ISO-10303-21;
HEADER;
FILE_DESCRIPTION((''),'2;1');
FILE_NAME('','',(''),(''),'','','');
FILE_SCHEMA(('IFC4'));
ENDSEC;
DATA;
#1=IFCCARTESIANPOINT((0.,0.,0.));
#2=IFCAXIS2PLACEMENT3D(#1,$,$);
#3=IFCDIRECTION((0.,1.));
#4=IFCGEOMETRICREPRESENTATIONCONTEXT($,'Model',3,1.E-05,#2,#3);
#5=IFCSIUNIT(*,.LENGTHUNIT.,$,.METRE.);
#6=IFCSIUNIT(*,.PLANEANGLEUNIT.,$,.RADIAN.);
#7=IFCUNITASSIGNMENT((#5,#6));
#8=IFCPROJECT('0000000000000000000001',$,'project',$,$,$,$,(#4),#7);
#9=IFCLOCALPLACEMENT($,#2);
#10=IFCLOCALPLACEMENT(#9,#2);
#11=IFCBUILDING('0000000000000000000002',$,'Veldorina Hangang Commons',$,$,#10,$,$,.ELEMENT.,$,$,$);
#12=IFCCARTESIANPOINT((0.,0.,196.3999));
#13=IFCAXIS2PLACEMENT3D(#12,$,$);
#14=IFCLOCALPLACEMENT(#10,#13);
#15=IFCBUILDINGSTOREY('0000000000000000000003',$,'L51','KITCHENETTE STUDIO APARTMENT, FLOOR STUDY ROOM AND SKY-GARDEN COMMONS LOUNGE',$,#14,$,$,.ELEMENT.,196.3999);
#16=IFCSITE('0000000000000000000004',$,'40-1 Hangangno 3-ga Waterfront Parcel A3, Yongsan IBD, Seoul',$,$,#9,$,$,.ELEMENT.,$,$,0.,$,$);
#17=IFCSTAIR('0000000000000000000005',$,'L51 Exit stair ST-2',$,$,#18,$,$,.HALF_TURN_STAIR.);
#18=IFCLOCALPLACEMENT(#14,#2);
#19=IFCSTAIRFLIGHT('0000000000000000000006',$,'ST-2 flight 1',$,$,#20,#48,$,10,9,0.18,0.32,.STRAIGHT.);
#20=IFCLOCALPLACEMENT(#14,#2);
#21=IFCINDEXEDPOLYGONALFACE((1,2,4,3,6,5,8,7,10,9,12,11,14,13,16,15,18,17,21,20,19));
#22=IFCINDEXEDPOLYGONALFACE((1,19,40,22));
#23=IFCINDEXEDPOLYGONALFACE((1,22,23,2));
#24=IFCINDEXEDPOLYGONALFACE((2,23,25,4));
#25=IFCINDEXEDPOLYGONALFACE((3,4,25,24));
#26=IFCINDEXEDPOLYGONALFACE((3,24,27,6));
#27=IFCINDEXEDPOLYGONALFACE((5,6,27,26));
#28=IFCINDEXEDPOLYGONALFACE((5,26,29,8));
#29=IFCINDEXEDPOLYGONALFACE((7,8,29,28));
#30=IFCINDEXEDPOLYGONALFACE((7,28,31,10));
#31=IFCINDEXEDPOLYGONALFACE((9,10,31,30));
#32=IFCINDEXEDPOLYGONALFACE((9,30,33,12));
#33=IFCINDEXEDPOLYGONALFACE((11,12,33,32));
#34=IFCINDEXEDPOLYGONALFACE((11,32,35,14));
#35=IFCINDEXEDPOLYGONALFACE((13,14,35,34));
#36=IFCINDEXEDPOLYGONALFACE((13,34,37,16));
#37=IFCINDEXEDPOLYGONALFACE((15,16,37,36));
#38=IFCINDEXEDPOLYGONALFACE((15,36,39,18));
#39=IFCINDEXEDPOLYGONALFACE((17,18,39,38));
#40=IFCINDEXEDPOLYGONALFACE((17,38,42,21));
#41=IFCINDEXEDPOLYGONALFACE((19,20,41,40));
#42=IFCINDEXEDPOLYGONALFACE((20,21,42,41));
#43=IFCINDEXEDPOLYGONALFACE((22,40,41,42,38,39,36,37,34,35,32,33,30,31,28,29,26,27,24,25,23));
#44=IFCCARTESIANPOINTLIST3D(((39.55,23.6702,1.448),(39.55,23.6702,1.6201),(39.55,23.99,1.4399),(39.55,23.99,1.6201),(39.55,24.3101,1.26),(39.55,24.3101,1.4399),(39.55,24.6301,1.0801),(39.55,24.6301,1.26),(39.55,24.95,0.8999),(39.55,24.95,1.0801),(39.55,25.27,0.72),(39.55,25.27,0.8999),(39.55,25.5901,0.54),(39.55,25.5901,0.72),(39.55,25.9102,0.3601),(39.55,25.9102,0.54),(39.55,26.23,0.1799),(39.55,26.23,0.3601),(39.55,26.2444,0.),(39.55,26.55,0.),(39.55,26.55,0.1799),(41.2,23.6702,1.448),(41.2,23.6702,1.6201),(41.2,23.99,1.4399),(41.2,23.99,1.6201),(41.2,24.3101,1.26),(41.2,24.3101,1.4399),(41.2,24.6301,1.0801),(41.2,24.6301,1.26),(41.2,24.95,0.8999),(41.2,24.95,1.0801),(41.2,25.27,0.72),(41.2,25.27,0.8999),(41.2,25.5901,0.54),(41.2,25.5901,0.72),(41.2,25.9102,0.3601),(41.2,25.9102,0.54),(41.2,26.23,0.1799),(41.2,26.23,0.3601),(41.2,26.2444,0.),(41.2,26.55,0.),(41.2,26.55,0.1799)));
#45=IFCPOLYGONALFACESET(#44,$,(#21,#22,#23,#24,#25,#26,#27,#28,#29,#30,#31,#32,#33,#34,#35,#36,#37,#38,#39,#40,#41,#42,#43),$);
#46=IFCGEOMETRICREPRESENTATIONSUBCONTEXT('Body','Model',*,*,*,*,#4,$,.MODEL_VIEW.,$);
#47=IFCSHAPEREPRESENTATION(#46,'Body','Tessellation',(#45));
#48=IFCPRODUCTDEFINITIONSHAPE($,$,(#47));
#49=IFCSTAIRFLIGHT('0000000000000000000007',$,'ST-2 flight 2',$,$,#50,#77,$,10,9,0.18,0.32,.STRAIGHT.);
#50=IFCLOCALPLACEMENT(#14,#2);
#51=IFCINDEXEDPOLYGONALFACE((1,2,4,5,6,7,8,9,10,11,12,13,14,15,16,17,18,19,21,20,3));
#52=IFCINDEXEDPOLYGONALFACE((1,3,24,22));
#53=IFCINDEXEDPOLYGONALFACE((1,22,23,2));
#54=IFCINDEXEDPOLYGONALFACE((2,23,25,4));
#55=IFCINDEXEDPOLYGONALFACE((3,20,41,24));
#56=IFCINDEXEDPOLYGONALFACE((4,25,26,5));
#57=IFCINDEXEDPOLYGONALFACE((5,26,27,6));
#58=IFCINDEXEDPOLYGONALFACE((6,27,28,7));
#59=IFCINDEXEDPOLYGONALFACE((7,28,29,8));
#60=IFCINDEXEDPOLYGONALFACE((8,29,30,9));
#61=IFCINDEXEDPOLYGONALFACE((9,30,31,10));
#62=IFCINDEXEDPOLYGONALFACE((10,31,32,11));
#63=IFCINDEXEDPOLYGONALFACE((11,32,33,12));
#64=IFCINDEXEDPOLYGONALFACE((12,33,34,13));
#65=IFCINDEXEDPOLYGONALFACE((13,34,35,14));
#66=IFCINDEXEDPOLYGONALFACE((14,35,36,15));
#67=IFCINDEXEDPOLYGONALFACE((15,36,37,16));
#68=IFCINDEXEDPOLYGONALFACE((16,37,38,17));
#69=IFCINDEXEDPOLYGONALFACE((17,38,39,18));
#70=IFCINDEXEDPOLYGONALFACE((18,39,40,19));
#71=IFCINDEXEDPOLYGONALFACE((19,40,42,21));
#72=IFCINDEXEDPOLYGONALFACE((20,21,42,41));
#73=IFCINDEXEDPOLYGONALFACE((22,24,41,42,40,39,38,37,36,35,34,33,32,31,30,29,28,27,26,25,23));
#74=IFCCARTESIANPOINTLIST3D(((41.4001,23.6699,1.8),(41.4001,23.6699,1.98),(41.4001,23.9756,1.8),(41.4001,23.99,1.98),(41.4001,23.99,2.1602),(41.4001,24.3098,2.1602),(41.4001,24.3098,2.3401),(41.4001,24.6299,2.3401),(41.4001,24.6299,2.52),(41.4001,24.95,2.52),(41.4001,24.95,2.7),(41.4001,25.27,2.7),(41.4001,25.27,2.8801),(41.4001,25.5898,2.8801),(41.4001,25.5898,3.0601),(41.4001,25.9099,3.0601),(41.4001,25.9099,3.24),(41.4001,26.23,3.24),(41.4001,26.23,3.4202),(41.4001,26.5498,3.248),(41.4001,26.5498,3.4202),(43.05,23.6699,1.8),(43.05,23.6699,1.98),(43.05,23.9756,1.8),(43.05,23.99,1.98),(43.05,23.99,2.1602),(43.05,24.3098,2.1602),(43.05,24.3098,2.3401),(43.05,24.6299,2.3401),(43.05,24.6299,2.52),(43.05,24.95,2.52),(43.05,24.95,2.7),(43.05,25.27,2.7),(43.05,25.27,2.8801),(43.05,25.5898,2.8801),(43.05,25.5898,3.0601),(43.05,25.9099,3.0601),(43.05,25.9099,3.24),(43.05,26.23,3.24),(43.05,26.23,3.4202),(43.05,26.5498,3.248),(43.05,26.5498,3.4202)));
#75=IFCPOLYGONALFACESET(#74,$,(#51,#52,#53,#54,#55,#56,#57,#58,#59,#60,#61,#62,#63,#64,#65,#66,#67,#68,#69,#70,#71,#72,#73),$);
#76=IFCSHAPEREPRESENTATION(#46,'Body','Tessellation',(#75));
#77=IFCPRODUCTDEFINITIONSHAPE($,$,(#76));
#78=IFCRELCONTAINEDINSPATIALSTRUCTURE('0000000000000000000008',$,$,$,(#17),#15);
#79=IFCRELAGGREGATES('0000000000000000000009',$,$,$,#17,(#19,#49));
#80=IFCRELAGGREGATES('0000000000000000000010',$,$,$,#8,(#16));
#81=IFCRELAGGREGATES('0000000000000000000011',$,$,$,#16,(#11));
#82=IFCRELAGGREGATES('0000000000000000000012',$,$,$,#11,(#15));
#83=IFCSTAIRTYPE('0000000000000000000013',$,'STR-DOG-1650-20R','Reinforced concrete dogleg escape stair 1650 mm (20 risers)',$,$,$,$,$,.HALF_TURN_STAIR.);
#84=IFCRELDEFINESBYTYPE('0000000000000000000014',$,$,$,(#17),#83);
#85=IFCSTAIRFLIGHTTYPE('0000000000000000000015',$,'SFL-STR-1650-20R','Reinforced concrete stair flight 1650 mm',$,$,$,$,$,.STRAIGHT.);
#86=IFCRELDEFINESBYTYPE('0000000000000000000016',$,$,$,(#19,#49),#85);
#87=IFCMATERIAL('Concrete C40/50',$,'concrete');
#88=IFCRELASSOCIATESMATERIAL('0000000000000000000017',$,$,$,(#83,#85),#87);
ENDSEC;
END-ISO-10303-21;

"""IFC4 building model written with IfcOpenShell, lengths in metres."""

from ifc_helpers import new_model, si_unit, direction, frame, origin, place, context, subcontext, project, spatial, polyline, outline, extrude, material, type_object, element, aggregate, save


model = new_model("IFC4")

# Units and contexts
model_context = context("Model", 3, precision=1e-05, world=origin(), true_north=direction((0.0, 1.0)))
body_context = subcontext(model_context, "Body", "Model", "MODEL_VIEW")
ifc_project = project(units=[si_unit("LENGTHUNIT", "METRE"), si_unit("PLANEANGLEUNIT", "RADIAN")], contexts=[model_context])

# Site, building, storey
site_placement = place(None, origin())
site = spatial("IfcSite", under=ifc_project, at=site_placement, Name="40-1 Hangangno 3-ga Waterfront Parcel A3, Yongsan IBD, Seoul", CompositionType="ELEMENT", RefElevation=0.0)
building_placement = place(site_placement, origin())
building = spatial("IfcBuilding", under=site, at=building_placement, Name="Veldorina Hangang Commons", CompositionType="ELEMENT")
storey_placement = place(building_placement, frame((0.0, 0.0, 196.3999)))
storey = spatial("IfcBuildingStorey", under=building, at=storey_placement, Name="L51", Description="KITCHENETTE STUDIO APARTMENT, FLOOR STUDY ROOM AND SKY-GARDEN COMMONS LOUNGE", CompositionType="ELEMENT", Elevation=196.3999)

# Stair, stair flights
ifc_material_1 = material(Name="Concrete C40/50", Category="concrete")
stair_type = type_object("IfcStairType", Name="STR-DOG-1650-20R", Description="Reinforced concrete dogleg escape stair 1650 mm (20 risers)", PredefinedType="HALF_TURN_STAIR", material=ifc_material_1)
stair_placement = place(storey_placement, origin())
stair = element("IfcStair", 1, at=stair_placement, inside=storey, type_object=stair_type, Name="L51 Exit stair ST-2", PredefinedType="HALF_TURN_STAIR")
stair_flight_type = type_object("IfcStairFlightType", Name="SFL-STR-1650-20R", Description="Reinforced concrete stair flight 1650 mm", PredefinedType="STRAIGHT", material=ifc_material_1)
stair_flight_1_placement = place(storey_placement, frame((40.375, 26.55, 0.0), z_axis=(0.0, 0.0, 1.0), x_axis=(0.0, -1.0, 0.0)))
stair_flight_1 = element("IfcStairFlight", 2, at=stair_flight_1_placement, type_object=stair_flight_type, Name="ST-2 flight 1", NumberOfRisers=10, NumberOfTreads=9, PredefinedType="STRAIGHT", RiserHeight=0.18, TreadLength=0.32, context=body_context, shape_type="SweptSolid", body=[
    extrude(outline(polyline([(0.0, 0.0), (0.0, 0.1799), (0.3201, 0.1799), (0.3201, 0.3601), (0.6399, 0.3601), (0.6399, 0.54), (0.96, 0.54), (0.96, 0.72), (1.28, 0.72), (1.28, 0.8999), (1.6001, 0.8999), (1.6001, 1.0801), (1.9199, 1.0801), (1.9199, 1.26), (2.24, 1.26), (2.24, 1.4399), (2.5601, 1.4399), (2.5601, 1.6201), (2.8799, 1.6201), (2.8799, 1.8), (2.8799, 1.448), (0.3057, 0.0), (0.0, 0.0)])), frame((0.0, 0.825, 0.0), z_axis=(0.0, -1.0, 0.0), x_axis=(1.0, 0.0, 0.0)), (0.0, 0.0, 1.0), 1.6499),
])
stair_flight_2_placement = place(storey_placement, frame((42.2251, 23.6699, 1.8), z_axis=(0.0, 0.0, 1.0), x_axis=(0.0, 1.0, 0.0)))
stair_flight_2 = element("IfcStairFlight", 3, at=stair_flight_2_placement, type_object=stair_flight_type, Name="ST-2 flight 2", NumberOfRisers=10, NumberOfTreads=9, PredefinedType="STRAIGHT", RiserHeight=0.18, TreadLength=0.32, context=body_context, shape_type="SweptSolid", body=[
    extrude(outline(polyline([(0.0, 0.0), (0.0, 0.1799), (0.3201, 0.1799), (0.3201, 0.3601), (0.6399, 0.3601), (0.6399, 0.54), (0.96, 0.54), (0.96, 0.72), (1.28, 0.72), (1.28, 0.8999), (1.6001, 0.8999), (1.6001, 1.0801), (1.9199, 1.0801), (1.9199, 1.26), (2.24, 1.26), (2.24, 1.4399), (2.5601, 1.4399), (2.5601, 1.6201), (2.8799, 1.6201), (2.8799, 1.8), (2.8799, 1.448), (0.3057, 0.0), (0.0, 0.0)])), frame((0.0, 0.825, 0.0), z_axis=(0.0, -1.0, 0.0), x_axis=(1.0, 0.0, 0.0)), (0.0, 0.0, 1.0), 1.6499),
])
aggregate(stair, [stair_flight_1, stair_flight_2])

save(model, "model.ifc")
